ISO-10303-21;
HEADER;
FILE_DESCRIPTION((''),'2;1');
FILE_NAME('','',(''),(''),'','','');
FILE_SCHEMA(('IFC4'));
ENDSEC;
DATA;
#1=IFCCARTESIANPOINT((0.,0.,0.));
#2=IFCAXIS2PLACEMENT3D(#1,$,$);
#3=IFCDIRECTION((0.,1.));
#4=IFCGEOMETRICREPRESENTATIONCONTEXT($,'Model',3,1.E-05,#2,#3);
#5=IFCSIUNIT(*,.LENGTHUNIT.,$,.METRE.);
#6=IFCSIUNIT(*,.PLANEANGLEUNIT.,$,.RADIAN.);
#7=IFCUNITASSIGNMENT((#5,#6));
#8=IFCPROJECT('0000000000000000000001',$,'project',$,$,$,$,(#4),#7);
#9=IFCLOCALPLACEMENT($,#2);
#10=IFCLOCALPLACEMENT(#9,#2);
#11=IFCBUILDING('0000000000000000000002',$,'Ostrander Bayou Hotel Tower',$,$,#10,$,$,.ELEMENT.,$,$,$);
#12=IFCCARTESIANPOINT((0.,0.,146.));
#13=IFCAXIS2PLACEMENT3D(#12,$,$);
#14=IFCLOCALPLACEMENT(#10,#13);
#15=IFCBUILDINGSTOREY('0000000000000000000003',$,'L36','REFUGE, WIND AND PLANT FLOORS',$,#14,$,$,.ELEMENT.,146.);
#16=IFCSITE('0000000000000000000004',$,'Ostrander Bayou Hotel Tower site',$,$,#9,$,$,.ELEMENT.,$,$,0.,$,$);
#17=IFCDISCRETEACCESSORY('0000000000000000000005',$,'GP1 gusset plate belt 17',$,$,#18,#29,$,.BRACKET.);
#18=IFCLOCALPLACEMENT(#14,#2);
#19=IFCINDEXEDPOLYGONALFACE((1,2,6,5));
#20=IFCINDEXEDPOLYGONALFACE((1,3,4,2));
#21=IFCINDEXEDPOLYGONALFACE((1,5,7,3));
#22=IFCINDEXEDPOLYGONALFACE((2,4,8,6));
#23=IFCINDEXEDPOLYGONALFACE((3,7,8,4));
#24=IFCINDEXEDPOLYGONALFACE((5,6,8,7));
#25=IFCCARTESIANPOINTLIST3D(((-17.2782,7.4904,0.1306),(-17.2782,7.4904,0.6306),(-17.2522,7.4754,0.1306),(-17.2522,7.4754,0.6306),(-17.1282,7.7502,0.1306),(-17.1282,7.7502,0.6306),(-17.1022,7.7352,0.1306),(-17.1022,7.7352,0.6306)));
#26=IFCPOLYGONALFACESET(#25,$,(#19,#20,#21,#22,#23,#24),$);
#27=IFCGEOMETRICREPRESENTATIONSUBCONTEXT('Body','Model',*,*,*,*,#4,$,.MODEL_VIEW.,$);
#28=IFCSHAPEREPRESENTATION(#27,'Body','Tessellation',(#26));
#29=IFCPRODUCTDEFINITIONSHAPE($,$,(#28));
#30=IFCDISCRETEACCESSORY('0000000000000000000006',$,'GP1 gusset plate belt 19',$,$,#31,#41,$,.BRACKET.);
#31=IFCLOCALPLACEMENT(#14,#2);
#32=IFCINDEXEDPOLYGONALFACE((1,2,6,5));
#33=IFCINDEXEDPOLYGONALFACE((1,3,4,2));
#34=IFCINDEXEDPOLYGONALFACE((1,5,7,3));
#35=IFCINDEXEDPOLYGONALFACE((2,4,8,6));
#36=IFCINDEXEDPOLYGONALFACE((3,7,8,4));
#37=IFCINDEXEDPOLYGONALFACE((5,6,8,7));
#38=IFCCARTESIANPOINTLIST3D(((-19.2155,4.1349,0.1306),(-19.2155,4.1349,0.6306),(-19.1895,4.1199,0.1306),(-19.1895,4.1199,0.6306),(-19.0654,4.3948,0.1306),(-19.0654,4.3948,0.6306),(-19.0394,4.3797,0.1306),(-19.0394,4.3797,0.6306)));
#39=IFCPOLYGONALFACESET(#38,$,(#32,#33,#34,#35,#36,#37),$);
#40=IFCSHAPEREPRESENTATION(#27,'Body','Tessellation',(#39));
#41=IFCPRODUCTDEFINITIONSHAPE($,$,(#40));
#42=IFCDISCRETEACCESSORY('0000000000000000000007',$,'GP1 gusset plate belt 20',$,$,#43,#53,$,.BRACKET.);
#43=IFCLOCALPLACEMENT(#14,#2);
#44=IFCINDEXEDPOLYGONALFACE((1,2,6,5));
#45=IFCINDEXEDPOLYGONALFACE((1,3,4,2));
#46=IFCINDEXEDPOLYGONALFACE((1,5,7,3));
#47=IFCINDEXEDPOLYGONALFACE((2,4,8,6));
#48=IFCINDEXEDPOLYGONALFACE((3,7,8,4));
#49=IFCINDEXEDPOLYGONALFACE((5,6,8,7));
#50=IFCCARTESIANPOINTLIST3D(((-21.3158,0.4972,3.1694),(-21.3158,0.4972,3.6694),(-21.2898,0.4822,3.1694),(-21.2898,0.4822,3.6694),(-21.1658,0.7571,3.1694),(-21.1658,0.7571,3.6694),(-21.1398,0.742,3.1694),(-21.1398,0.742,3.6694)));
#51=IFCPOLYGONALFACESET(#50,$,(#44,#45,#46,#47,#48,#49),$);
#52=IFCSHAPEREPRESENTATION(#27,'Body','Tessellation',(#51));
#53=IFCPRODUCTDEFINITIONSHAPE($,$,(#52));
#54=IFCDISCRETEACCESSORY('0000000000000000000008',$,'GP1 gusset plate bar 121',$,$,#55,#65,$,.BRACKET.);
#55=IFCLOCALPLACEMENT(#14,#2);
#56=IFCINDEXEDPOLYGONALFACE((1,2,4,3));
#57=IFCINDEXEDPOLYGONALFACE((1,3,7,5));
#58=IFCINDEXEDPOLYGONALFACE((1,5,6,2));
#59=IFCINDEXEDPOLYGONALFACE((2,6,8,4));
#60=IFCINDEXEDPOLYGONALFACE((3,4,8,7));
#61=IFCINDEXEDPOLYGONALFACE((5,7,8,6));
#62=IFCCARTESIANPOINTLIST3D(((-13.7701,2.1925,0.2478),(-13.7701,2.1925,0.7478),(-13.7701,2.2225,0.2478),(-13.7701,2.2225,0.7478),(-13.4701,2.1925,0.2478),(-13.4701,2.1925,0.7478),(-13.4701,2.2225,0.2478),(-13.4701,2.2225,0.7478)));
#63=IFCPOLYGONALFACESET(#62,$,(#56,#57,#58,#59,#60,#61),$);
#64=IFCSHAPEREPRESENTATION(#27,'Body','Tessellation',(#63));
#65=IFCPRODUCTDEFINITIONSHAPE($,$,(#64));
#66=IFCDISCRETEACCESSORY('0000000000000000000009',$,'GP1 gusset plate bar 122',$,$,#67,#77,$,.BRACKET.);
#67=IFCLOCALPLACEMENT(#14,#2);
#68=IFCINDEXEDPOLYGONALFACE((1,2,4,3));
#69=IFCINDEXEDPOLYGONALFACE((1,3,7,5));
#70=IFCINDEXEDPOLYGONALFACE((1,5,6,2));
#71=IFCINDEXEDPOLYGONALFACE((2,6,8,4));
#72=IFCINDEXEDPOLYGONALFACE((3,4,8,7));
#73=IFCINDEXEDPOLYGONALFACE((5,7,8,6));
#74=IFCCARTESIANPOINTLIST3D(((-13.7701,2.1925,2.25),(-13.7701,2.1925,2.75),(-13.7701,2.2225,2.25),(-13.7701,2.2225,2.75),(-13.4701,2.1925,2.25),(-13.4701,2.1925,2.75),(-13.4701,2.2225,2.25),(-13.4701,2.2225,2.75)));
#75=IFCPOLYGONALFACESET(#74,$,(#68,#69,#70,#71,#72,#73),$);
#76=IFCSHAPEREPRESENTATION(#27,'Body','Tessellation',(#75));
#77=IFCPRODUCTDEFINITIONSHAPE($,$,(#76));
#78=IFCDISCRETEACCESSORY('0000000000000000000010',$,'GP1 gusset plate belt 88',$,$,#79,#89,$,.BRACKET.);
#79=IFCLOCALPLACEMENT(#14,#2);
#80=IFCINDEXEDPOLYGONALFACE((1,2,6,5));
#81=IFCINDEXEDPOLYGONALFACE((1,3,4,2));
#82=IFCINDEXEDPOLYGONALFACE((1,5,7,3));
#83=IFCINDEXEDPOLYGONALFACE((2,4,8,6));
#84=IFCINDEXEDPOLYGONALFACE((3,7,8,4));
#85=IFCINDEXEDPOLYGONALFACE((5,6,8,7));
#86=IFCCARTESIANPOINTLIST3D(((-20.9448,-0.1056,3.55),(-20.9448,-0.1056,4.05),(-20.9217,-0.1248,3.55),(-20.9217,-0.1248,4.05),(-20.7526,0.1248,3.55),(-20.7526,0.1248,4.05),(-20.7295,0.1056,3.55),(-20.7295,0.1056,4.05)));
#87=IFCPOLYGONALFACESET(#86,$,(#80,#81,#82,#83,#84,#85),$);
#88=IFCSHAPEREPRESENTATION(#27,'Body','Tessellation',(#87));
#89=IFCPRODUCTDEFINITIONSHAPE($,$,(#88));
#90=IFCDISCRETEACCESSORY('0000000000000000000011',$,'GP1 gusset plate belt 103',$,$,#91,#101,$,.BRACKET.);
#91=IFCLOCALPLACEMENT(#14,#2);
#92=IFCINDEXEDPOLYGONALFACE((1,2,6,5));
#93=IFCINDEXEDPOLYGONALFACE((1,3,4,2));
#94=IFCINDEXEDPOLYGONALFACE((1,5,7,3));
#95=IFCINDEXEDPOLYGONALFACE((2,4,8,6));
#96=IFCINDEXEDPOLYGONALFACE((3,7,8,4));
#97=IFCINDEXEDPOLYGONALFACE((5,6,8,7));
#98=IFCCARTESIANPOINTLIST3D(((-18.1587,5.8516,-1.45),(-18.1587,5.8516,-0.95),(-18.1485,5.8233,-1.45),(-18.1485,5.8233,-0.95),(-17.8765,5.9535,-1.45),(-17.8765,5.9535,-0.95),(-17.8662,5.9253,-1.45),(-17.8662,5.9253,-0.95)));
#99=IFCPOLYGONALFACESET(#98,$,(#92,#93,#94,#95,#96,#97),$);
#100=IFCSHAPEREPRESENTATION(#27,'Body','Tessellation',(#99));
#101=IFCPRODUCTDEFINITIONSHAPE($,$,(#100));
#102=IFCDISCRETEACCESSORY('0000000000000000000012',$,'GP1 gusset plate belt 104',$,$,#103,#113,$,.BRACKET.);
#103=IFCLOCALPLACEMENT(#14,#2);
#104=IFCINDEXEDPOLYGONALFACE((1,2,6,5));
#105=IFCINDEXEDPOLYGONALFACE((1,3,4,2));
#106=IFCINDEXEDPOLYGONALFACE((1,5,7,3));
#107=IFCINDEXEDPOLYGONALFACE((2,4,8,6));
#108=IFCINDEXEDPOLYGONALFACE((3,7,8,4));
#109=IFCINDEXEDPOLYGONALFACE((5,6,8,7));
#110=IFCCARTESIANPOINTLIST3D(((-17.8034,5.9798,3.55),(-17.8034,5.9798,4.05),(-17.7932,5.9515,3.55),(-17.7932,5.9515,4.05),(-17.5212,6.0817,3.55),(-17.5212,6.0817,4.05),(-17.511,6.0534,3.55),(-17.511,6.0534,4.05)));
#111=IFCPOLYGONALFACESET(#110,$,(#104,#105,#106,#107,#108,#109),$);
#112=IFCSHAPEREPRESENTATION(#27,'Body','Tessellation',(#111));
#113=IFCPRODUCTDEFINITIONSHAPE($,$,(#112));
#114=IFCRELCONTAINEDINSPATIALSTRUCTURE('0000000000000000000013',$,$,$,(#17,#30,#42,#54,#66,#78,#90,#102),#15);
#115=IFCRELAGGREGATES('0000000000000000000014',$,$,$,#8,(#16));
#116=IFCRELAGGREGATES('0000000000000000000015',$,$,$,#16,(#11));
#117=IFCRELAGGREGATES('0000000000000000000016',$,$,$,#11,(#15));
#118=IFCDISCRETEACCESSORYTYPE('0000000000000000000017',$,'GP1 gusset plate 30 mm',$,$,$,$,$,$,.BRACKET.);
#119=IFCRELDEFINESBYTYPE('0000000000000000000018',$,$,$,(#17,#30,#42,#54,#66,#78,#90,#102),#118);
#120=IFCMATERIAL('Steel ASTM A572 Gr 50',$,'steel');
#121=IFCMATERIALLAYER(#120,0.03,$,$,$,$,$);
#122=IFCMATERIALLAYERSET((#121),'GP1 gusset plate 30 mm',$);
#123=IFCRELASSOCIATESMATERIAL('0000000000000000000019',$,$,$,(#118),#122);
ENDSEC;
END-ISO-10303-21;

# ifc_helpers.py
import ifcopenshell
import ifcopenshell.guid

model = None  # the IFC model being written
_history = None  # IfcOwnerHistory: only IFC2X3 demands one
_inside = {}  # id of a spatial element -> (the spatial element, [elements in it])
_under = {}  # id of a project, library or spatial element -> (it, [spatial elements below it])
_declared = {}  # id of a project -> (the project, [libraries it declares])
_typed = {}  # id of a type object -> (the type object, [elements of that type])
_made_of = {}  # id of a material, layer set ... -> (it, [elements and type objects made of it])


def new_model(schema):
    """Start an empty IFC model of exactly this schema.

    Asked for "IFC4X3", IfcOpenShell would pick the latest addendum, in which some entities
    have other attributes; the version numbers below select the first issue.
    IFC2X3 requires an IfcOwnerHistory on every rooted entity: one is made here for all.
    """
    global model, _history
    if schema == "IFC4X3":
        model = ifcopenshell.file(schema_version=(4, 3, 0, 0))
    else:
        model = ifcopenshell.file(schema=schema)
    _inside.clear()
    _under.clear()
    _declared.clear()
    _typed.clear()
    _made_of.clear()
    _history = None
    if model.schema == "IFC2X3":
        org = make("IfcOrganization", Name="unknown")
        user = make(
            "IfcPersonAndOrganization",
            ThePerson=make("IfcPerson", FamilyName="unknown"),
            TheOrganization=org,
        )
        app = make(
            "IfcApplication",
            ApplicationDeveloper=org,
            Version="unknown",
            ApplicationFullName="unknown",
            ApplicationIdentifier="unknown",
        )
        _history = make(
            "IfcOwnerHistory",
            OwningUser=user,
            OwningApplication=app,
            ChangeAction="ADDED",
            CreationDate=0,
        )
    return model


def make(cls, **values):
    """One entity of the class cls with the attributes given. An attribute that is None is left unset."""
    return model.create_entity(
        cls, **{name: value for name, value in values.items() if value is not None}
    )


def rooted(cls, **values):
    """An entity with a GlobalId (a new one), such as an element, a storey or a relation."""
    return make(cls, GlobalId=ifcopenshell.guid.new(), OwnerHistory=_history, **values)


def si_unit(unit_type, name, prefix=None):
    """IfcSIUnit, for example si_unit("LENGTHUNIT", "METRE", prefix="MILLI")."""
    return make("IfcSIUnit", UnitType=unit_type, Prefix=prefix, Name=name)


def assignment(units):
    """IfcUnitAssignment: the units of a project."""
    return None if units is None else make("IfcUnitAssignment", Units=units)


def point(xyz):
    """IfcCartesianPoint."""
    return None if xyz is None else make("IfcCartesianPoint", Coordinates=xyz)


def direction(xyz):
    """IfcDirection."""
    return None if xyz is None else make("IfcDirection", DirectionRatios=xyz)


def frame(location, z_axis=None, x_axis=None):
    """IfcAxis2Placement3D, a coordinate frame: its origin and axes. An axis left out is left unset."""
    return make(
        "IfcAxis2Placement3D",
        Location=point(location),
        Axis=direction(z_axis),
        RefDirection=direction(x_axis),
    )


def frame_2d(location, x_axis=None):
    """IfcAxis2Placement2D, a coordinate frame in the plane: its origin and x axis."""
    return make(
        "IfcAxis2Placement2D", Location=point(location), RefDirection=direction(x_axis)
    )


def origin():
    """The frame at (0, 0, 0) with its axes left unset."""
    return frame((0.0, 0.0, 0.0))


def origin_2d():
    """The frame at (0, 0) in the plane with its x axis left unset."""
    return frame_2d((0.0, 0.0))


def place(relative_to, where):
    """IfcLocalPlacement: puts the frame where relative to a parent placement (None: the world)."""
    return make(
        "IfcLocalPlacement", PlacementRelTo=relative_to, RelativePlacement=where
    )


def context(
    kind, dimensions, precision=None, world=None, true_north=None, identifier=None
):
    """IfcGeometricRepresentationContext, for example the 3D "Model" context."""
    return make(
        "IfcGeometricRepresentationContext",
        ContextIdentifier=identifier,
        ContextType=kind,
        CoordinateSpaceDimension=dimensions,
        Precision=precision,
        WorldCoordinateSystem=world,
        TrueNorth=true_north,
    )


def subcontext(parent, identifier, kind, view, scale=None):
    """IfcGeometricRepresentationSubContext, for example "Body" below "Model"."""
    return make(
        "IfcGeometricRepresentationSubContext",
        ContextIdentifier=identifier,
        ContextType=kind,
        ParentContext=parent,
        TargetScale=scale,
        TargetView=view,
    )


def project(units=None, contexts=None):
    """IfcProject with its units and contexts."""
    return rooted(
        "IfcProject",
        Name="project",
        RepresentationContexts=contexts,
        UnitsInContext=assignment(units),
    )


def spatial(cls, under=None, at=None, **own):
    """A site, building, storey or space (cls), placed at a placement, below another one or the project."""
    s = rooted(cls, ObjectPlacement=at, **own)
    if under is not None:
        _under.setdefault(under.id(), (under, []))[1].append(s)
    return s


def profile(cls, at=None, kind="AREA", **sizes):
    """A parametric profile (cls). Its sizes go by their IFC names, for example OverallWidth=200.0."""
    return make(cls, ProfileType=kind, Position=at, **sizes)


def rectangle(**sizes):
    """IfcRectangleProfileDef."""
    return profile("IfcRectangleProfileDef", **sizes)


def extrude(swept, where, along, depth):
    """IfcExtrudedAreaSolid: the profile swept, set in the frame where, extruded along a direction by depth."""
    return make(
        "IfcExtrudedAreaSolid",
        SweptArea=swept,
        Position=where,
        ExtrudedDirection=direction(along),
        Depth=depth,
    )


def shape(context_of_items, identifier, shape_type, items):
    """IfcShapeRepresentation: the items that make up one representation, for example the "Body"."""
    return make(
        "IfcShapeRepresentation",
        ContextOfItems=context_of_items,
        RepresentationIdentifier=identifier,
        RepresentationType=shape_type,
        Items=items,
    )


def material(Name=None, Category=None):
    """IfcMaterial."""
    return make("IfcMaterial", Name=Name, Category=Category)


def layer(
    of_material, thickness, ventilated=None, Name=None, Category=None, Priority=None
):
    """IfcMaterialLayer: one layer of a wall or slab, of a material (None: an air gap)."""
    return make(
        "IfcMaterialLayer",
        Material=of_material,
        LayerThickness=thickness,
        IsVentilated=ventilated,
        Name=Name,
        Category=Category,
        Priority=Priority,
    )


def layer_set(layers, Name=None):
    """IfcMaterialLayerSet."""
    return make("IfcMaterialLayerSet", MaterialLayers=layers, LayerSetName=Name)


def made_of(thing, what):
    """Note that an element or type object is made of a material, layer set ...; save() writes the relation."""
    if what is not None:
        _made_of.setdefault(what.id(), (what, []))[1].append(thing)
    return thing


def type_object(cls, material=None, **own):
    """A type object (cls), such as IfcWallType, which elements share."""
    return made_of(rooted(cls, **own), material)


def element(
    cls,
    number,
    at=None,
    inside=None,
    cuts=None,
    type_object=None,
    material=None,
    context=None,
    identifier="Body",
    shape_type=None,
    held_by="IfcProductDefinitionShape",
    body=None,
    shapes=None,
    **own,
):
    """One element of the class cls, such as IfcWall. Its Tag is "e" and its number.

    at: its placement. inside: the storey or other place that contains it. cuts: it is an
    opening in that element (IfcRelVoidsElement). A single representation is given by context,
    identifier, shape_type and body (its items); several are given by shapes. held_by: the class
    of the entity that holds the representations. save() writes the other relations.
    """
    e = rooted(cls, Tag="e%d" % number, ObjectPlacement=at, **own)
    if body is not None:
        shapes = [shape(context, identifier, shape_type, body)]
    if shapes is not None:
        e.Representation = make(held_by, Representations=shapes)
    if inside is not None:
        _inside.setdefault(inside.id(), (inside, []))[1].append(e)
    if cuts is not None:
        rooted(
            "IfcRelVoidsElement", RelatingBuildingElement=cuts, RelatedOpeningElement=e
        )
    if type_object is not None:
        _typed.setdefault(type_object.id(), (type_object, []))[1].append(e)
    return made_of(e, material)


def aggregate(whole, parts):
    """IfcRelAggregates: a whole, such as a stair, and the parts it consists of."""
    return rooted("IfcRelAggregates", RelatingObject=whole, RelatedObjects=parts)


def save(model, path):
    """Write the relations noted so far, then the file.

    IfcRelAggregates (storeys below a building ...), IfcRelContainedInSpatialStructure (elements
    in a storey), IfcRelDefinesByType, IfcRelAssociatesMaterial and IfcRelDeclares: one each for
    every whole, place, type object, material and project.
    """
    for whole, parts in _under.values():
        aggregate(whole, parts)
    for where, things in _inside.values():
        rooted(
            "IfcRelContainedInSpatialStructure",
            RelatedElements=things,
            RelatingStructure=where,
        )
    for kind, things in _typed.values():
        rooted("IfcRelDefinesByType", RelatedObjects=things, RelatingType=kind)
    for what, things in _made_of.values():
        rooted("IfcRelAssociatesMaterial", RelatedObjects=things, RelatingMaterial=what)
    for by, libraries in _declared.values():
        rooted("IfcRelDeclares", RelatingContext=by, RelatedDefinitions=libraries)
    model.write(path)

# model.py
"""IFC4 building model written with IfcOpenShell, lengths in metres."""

from ifc_helpers import new_model, si_unit, direction, frame, origin, origin_2d, place, context, subcontext, project, spatial, rectangle, extrude, material, layer, layer_set, type_object, element, save


model = new_model("IFC4")

# Units and contexts
model_context = context("Model", 3, precision=1e-05, world=origin(), true_north=direction((0.0, 1.0)))
body_context = subcontext(model_context, "Body", "Model", "MODEL_VIEW")
ifc_project = project(units=[si_unit("LENGTHUNIT", "METRE"), si_unit("PLANEANGLEUNIT", "RADIAN")], contexts=[model_context])

# Site, building, storey
site_placement = place(None, origin())
site = spatial("IfcSite", under=ifc_project, at=site_placement, Name="Ostrander Bayou Hotel Tower site", CompositionType="ELEMENT", RefElevation=0.0)
building_placement = place(site_placement, origin())
building = spatial("IfcBuilding", under=site, at=building_placement, Name="Ostrander Bayou Hotel Tower", CompositionType="ELEMENT")
storey_placement = place(building_placement, frame((0.0, 0.0, 146.0)))
storey = spatial("IfcBuildingStorey", under=building, at=storey_placement, Name="L36", Description="REFUGE, WIND AND PLANT FLOORS", CompositionType="ELEMENT", Elevation=146.0)

# Discrete accessories
ifc_material_1 = material(Name="Steel ASTM A572 Gr 50", Category="steel")
ifc_layer_1 = layer(ifc_material_1, 0.03)
ifc_layer_set_1 = layer_set([ifc_layer_1], Name="GP1 gusset plate 30 mm")
discrete_accessory_type = type_object("IfcDiscreteAccessoryType", Name="GP1 gusset plate 30 mm", PredefinedType="BRACKET", material=ifc_layer_set_1)
for number, where, z_axis, x_axis, name in (
    (1, (-17.1902, 7.6128, 0.1306), (0.0, 0.0, 1.0), (0.499985, 0.866034, 0.0), "GP1 gusset plate belt 17"),
    (2, (-19.1274, 4.2573, 0.1306), (0.0, 0.0, 1.0), (-0.5, -0.866025, 0.0), "GP1 gusset plate belt 19"),
    (3, (-21.2278, 0.6196, 3.1694), (0.0, 0.0, 1.0), (-0.5, -0.866025, 0.0), "GP1 gusset plate belt 20"),
    (4, (-13.6201, 2.2075, 0.2478), (0.0, 0.0, 1.0), (1.0, 0.0, 0.0), "GP1 gusset plate bar 121"),
    (5, (-13.6201, 2.2075, 2.25), (0.0, 0.0, 1.0), (1.0, 0.0, 0.0), "GP1 gusset plate bar 122"),
    (6, (-20.8372, 0.0, 3.55), (0.0, 0.0, 1.0), (0.640445, 0.768004, 0.0), "GP1 gusset plate belt 88"),
    (7, (-18.0125, 5.8884, -1.45), (0.0, 0.0, 1.0), (0.940526, 0.339723, 0.0), "GP1 gusset plate belt 103"),
    (8, (-17.6572, 6.0166, 3.55), (0.0, 0.0, 1.0), (0.940526, 0.339723, 0.0), "GP1 gusset plate belt 104"),
):
    element("IfcDiscreteAccessory", number, at=place(storey_placement, frame(where, z_axis=z_axis, x_axis=x_axis)), inside=storey, type_object=discrete_accessory_type, Name=name, PredefinedType="BRACKET", context=body_context, shape_type="SweptSolid", body=[
        extrude(rectangle(XDim=0.3, YDim=0.03, at=origin_2d()), origin(), (0.0, 0.0, 1.0), 0.5),
    ])

save(model, "model.ifc")
